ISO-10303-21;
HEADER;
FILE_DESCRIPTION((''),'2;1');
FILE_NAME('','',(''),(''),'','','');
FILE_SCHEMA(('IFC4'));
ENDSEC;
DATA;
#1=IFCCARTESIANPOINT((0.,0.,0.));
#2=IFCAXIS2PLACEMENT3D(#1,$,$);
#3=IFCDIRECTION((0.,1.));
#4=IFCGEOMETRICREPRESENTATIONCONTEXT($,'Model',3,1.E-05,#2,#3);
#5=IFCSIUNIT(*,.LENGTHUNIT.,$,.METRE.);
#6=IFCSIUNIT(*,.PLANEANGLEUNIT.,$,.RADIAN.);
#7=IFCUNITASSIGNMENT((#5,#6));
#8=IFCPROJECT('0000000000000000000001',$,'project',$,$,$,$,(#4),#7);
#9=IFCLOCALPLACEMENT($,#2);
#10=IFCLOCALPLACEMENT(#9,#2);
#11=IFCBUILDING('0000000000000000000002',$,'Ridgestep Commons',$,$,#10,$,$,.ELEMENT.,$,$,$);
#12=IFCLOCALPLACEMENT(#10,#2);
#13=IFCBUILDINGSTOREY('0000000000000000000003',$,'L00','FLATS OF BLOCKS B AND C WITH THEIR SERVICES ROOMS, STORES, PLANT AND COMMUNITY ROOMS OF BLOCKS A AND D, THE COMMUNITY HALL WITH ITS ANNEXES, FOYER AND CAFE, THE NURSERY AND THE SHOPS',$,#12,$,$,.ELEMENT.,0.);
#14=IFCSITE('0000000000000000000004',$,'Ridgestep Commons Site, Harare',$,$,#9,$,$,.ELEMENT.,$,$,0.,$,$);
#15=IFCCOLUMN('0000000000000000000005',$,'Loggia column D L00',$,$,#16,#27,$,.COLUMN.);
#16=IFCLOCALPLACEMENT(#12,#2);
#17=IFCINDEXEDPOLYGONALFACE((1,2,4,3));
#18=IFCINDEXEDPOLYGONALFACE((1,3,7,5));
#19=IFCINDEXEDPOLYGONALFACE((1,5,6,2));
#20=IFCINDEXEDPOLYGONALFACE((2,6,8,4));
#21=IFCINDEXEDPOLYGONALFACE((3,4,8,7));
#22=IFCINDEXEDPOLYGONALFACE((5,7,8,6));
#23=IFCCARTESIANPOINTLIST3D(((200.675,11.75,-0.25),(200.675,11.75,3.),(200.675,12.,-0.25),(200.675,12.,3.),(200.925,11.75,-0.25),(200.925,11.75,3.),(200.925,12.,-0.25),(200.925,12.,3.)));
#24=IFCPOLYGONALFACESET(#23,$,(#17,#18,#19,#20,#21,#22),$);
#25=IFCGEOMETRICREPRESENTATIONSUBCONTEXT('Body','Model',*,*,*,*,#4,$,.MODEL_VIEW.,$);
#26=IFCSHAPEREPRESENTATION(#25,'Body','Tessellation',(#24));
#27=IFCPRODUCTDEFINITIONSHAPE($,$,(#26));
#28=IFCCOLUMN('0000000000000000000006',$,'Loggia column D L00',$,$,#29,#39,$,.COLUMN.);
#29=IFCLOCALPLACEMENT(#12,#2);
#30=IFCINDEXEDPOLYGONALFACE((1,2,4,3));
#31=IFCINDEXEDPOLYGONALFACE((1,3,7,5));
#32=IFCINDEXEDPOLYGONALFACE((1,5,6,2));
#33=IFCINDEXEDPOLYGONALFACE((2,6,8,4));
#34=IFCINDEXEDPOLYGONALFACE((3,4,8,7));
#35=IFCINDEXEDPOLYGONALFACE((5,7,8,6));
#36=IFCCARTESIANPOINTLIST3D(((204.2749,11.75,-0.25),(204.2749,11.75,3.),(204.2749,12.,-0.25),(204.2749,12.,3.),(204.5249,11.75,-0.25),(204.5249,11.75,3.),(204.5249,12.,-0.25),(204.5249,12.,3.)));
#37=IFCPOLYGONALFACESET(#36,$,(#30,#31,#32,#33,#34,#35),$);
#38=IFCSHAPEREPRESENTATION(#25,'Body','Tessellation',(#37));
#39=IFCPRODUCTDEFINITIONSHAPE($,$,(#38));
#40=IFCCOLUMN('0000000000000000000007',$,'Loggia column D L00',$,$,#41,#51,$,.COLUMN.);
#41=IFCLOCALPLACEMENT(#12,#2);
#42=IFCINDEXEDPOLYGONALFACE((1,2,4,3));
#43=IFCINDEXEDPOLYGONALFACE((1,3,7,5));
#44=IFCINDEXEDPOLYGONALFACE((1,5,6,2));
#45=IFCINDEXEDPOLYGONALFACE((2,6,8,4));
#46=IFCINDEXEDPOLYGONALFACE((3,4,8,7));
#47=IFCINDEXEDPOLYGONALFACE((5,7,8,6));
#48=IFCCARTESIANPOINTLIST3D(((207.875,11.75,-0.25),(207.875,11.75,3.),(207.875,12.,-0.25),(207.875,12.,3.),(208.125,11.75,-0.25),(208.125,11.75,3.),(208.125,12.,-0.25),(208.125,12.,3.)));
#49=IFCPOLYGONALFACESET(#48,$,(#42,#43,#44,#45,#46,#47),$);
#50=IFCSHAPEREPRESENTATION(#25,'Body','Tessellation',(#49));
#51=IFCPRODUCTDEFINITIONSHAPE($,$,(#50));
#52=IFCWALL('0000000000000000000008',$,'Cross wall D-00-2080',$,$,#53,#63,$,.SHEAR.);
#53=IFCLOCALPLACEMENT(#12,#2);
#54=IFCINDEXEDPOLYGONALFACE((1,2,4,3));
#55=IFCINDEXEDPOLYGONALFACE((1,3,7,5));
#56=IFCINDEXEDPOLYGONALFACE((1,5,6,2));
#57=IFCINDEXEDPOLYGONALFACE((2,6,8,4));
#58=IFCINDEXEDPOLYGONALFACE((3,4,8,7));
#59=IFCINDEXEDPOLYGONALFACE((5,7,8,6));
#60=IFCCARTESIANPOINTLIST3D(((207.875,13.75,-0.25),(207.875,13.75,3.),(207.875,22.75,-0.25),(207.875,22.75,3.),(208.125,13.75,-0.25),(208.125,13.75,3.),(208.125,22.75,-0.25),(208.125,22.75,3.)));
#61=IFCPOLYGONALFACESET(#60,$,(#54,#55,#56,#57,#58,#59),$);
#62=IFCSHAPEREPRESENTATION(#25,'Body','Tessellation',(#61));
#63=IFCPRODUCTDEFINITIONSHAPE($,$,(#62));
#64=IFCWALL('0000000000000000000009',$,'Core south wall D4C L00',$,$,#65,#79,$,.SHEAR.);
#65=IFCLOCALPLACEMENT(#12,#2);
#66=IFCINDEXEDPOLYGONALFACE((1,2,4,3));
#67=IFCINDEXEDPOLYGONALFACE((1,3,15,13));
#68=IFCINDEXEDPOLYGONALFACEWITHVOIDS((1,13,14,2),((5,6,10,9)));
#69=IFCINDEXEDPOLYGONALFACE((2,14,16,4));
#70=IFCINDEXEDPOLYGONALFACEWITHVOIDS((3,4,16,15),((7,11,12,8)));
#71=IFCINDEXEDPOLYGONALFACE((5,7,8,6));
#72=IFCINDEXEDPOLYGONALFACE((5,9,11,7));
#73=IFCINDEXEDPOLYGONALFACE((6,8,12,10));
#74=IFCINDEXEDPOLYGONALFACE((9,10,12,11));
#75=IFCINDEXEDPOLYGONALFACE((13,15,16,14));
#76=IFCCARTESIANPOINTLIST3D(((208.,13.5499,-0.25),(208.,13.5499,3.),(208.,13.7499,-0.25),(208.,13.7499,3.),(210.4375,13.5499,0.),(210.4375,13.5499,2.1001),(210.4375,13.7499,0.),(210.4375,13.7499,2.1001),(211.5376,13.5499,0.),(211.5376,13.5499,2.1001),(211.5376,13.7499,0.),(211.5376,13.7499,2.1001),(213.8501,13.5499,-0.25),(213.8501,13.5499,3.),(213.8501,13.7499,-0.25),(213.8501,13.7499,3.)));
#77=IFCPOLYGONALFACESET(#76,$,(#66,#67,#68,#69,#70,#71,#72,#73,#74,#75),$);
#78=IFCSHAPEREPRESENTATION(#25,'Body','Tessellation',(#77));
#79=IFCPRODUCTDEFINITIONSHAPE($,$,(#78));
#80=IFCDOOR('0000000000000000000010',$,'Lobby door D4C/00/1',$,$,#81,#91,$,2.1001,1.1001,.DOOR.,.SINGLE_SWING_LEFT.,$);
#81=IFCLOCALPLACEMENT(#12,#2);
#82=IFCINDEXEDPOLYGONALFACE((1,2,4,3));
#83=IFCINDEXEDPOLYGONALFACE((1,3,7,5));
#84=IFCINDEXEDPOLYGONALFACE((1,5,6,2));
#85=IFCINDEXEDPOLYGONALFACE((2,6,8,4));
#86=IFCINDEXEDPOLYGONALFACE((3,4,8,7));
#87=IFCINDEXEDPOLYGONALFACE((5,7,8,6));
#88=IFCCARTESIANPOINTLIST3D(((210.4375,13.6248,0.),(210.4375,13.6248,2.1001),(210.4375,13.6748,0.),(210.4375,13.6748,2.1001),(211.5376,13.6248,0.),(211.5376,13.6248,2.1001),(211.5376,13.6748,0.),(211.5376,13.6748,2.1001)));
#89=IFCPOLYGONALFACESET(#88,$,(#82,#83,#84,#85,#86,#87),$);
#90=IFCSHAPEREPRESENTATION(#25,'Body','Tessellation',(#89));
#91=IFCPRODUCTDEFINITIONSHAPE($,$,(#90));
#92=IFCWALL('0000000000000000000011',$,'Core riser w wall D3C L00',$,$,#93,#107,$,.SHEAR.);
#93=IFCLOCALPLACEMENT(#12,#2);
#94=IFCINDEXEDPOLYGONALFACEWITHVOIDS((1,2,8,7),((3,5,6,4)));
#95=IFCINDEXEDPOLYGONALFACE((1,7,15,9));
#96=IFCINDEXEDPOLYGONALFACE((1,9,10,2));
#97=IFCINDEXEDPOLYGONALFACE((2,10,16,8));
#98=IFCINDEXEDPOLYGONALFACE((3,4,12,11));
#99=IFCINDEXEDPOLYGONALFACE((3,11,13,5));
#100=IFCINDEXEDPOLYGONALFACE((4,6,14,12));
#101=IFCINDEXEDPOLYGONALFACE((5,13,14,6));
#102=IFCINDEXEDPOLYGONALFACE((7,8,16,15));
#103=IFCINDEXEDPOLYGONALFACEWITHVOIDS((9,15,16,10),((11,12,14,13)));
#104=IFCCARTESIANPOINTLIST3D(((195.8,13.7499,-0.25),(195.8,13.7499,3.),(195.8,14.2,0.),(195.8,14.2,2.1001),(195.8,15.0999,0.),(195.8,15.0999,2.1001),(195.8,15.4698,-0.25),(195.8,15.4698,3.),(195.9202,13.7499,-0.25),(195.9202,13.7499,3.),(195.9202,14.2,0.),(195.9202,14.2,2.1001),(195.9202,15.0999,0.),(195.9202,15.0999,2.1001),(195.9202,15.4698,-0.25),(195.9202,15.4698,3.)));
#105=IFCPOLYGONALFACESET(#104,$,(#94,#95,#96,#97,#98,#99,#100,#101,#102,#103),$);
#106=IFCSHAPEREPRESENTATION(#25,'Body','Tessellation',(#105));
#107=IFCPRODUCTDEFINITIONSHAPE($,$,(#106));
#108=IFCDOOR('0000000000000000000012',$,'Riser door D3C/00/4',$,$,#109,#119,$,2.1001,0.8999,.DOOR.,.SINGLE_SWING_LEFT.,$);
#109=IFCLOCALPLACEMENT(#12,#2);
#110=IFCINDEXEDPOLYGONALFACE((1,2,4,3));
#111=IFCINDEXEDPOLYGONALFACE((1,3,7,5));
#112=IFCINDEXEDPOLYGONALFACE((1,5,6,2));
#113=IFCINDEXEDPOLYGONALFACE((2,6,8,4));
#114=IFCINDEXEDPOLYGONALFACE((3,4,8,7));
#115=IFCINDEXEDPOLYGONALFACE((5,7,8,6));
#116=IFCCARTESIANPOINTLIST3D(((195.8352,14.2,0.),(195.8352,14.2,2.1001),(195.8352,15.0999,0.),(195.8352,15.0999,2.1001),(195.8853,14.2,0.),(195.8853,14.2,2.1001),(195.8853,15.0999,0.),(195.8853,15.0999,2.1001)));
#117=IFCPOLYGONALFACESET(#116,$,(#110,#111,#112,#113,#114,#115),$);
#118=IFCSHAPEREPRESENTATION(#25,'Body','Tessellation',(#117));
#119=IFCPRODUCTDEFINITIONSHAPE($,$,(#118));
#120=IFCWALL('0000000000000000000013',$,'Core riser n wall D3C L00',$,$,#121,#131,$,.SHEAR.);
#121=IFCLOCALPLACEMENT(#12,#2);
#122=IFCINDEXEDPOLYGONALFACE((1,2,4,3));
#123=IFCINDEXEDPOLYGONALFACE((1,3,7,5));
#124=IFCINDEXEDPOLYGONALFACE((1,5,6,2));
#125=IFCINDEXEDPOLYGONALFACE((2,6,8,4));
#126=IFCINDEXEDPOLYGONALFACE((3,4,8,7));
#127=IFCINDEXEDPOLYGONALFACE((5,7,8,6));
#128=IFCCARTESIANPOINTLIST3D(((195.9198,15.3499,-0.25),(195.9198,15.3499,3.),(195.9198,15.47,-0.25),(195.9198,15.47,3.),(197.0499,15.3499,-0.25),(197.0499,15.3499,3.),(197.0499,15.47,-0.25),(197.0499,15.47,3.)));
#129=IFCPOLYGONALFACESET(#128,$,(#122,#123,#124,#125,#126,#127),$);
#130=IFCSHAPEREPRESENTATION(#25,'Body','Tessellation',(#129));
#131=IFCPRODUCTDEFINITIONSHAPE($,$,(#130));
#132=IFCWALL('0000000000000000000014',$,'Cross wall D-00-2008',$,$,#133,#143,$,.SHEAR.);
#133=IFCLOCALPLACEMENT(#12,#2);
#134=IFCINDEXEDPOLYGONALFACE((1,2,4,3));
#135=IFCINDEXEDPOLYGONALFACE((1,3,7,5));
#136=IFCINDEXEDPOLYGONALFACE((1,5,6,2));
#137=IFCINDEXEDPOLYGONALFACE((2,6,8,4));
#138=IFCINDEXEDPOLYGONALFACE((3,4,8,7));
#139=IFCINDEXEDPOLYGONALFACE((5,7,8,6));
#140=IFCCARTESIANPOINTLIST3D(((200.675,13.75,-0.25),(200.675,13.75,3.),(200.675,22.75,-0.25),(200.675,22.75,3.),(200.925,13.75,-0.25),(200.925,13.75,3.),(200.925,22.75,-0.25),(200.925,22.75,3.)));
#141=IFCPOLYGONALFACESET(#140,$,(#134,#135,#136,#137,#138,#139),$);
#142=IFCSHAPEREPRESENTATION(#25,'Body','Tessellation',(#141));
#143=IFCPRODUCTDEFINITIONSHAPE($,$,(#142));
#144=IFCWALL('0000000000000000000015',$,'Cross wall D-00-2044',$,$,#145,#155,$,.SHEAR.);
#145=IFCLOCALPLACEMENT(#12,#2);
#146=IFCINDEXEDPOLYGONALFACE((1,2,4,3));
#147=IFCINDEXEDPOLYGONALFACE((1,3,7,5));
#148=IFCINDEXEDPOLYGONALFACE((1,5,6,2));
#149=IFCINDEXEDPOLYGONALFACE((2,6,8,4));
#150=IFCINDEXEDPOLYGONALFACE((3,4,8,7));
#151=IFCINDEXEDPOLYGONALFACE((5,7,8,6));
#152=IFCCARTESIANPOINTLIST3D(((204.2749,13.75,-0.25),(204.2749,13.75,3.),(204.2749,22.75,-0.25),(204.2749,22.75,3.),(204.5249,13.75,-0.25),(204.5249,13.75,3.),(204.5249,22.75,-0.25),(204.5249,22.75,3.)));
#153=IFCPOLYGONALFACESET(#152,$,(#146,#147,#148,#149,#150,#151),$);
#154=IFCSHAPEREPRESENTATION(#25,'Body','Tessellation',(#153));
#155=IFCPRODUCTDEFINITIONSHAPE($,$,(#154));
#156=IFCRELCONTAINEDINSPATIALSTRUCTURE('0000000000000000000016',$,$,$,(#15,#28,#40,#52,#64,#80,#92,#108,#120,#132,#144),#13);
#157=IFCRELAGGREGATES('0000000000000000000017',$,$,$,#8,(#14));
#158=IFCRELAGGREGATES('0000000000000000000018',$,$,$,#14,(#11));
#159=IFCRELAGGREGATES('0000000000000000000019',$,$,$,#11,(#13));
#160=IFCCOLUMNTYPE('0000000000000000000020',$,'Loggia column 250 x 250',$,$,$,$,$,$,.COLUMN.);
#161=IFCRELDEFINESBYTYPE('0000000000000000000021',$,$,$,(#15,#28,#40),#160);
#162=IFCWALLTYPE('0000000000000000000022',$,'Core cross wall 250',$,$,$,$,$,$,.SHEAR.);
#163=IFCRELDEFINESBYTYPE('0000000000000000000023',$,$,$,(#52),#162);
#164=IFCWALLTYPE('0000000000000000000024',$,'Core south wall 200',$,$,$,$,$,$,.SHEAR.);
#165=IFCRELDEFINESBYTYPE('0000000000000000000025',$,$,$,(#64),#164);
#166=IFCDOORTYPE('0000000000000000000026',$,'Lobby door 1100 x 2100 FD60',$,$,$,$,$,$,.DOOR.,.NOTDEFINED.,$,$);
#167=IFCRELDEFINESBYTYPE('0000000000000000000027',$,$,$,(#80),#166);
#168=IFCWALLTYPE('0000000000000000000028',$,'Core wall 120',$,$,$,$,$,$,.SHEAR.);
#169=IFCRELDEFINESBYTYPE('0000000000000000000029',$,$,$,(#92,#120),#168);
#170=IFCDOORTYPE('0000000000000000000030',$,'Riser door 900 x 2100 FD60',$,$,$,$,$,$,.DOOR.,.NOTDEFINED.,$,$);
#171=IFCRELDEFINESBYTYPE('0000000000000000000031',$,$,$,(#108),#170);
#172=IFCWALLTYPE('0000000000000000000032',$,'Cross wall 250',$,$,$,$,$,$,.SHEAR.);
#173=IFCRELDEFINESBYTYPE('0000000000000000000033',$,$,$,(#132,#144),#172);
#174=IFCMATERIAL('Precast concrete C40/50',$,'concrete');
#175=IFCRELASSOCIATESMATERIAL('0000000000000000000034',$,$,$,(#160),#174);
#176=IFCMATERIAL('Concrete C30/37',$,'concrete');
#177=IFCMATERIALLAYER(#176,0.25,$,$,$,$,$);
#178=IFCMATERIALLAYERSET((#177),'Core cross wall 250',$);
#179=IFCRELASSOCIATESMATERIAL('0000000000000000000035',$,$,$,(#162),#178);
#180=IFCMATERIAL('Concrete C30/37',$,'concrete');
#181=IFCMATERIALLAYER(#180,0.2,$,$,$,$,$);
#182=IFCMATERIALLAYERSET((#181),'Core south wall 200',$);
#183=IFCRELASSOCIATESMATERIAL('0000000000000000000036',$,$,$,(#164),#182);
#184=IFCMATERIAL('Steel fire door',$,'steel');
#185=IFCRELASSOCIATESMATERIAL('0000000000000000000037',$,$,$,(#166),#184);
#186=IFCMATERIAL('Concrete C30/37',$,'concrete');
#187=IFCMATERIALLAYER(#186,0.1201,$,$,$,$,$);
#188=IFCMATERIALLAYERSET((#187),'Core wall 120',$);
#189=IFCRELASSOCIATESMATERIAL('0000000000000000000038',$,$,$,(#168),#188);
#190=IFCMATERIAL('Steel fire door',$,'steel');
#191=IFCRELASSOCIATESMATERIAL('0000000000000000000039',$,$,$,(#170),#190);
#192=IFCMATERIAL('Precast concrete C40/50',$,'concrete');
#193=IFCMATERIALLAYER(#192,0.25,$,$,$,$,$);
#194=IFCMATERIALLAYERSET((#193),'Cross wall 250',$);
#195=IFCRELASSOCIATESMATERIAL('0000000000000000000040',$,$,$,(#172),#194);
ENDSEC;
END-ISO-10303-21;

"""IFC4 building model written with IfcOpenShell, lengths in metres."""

from ifc_helpers import new_model, si_unit, direction, frame, frame_2d, origin, origin_2d, place, context, subcontext, project, spatial, rectangle, extrude, material, layer, layer_set, material_profile, profile_set, type_object, element, fill, save


model = new_model("IFC4")

# Units and contexts
model_context = context("Model", 3, precision=1e-05, world=origin(), true_north=direction((0.0, 1.0)))
body_context = subcontext(model_context, "Body", "Model", "MODEL_VIEW")
ifc_project = project(units=[si_unit("LENGTHUNIT", "METRE"), si_unit("PLANEANGLEUNIT", "RADIAN")], contexts=[model_context])

# Site, building, storey
site_placement = place(None, origin())
site = spatial("IfcSite", under=ifc_project, at=site_placement, Name="Ridgestep Commons Site, Harare", CompositionType="ELEMENT", RefElevation=0.0)
building_placement = place(site_placement, origin())
building = spatial("IfcBuilding", under=site, at=building_placement, Name="Ridgestep Commons", CompositionType="ELEMENT")
storey_placement = place(building_placement, origin())
storey = spatial("IfcBuildingStorey", under=building, at=storey_placement, Name="L00", Description="FLATS OF BLOCKS B AND C WITH THEIR SERVICES ROOMS, STORES, PLANT AND COMMUNITY ROOMS OF BLOCKS A AND D, THE COMMUNITY HALL WITH ITS ANNEXES, FOYER AND CAFE, THE NURSERY AND THE SHOPS", CompositionType="ELEMENT", Elevation=0.0)

# Columns
ifc_material_1 = material(Name="Precast concrete C40/50", Category="concrete")
ifc_material_profile = material_profile(ifc_material_1, rectangle(XDim=0.25, YDim=0.25, at=origin_2d()), Name="PC 250x250")
ifc_profile_set = profile_set([ifc_material_profile], Name="Precast concrete C40/50")
column_type = type_object("IfcColumnType", Name="Loggia column 250 x 250", PredefinedType="COLUMN", material=ifc_profile_set)
for number, where, z_axis, x_axis, name in (
    (1, (200.8, 11.875, -0.25), (0.0, 0.0, 1.0), (1.0, 0.0, 0.0), "Loggia column D L00"),
    (2, (204.3999, 11.875, -0.25), (0.0, 0.0, 1.0), (1.0, 0.0, 0.0), "Loggia column D L00"),
    (3, (208.0, 11.875, -0.25), (0.0, 0.0, 1.0), (1.0, 0.0, 0.0), "Loggia column D L00"),
):
    element("IfcColumn", number, at=place(storey_placement, frame(where, z_axis=z_axis, x_axis=x_axis)), inside=storey, type_object=column_type, Name=name, PredefinedType="COLUMN", context=body_context, shape_type="SweptSolid", body=[
        extrude(rectangle(XDim=0.25, YDim=0.25, at=origin_2d()), origin(), (0.0, 0.0, 1.0), 3.25),
    ])

# Wall
ifc_material_2 = material(Name="Concrete C30/37", Category="concrete")
ifc_layer_1 = layer(ifc_material_2, 0.25)
ifc_layer_set_1 = layer_set([ifc_layer_1], Name="Core cross wall 250")
wall_type_1 = type_object("IfcWallType", Name="Core cross wall 250", PredefinedType="SHEAR", material=ifc_layer_set_1)
wall_1_placement = place(storey_placement, frame((208.0, 13.75, -0.25), z_axis=(0.0, 0.0, 1.0), x_axis=(0.0, 1.0, 0.0)))
element("IfcWall", 4, at=wall_1_placement, inside=storey, type_object=wall_type_1, Name="Cross wall D-00-2080", PredefinedType="SHEAR", context=body_context, shape_type="SweptSolid", body=[
    extrude(rectangle(XDim=9.0, YDim=0.25, at=frame_2d((4.5, 0.0))), origin(), (0.0, 0.0, 1.0), 3.25),
])

# Walls, openings, doors
ifc_material_3 = material(Name="Concrete C30/37", Category="concrete")
ifc_layer_2 = layer(ifc_material_3, 0.2)
ifc_layer_set_2 = layer_set([ifc_layer_2], Name="Core south wall 200")
wall_type_2 = type_object("IfcWallType", Name="Core south wall 200", PredefinedType="SHEAR", material=ifc_layer_set_2)
wall_2_placement = place(storey_placement, frame((208.0, 13.6499, -0.25), z_axis=(0.0, 0.0, 1.0), x_axis=(1.0, 0.0, 0.0)))
wall_2 = element("IfcWall", 5, at=wall_2_placement, inside=storey, type_object=wall_type_2, Name="Core south wall D4C L00", PredefinedType="SHEAR", context=body_context, shape_type="SweptSolid", body=[
    extrude(rectangle(XDim=5.8501, YDim=0.2, at=frame_2d((2.925, 0.0))), origin(), (0.0, 0.0, 1.0), 3.25),
])
opening_1_placement = place(wall_2_placement, frame((2.4375, 0.0, 0.25)))
opening_1 = element("IfcOpeningElement", 6, at=opening_1_placement, cuts=wall_2, PredefinedType="OPENING", context=body_context, shape_type="SweptSolid", body=[
    extrude(rectangle(XDim=1.1001, YDim=2.1001, at=frame_2d((0.55, 1.05))), frame((0.0, 0.1099, 0.0), z_axis=(0.0, -1.0, 0.0), x_axis=(1.0, 0.0, 0.0)), (0.0, 0.0, 1.0), 0.22),
])
ifc_material_4 = material(Name="Steel fire door", Category="steel")
door_type_1 = type_object("IfcDoorType", Name="Lobby door 1100 x 2100 FD60", OperationType="NOTDEFINED", PredefinedType="DOOR", material=ifc_material_4)
door_1_placement = place(opening_1_placement, origin())
door_1 = element("IfcDoor", 7, at=door_1_placement, inside=storey, type_object=door_type_1, Name="Lobby door D4C/00/1", OperationType="SINGLE_SWING_LEFT", OverallHeight=2.1001, OverallWidth=1.1001, PredefinedType="DOOR", context=body_context, shape_type="SweptSolid", body=[
    extrude(rectangle(XDim=1.1001, YDim=2.1001, at=frame_2d((0.55, 1.05))), frame((0.0, 0.0249, 0.0), z_axis=(0.0, -1.0, 0.0), x_axis=(1.0, 0.0, 0.0)), (0.0, 0.0, 1.0), 0.05),
])
fill(opening_1, door_1)
ifc_material_5 = material(Name="Concrete C30/37", Category="concrete")
ifc_layer_3 = layer(ifc_material_5, 0.1201)
ifc_layer_set_3 = layer_set([ifc_layer_3], Name="Core wall 120")
wall_type_3 = type_object("IfcWallType", Name="Core wall 120", PredefinedType="SHEAR", material=ifc_layer_set_3)
wall_3_placement = place(storey_placement, frame((195.8601, 13.75, -0.25), z_axis=(0.0, 0.0, 1.0), x_axis=(0.0, 1.0, 0.0)))
wall_3 = element("IfcWall", 8, at=wall_3_placement, inside=storey, type_object=wall_type_3, Name="Core riser w wall D3C L00", PredefinedType="SHEAR", context=body_context, shape_type="SweptSolid", body=[
    extrude(rectangle(XDim=1.72, YDim=0.1201, at=frame_2d((0.8599, 0.0))), origin(), (0.0, 0.0, 1.0), 3.25),
])
opening_2_placement = place(wall_3_placement, frame((0.45, 0.0, 0.25)))
opening_2 = element("IfcOpeningElement", 9, at=opening_2_placement, cuts=wall_3, PredefinedType="OPENING", context=body_context, shape_type="SweptSolid", body=[
    extrude(rectangle(XDim=0.8999, YDim=2.1001, at=frame_2d((0.45, 1.05))), frame((0.0, 0.0701, 0.0), z_axis=(0.0, -1.0, 0.0), x_axis=(1.0, 0.0, 0.0)), (0.0, 0.0, 1.0), 0.1401),
])
ifc_material_6 = material(Name="Steel fire door", Category="steel")
door_type_2 = type_object("IfcDoorType", Name="Riser door 900 x 2100 FD60", OperationType="NOTDEFINED", PredefinedType="DOOR", material=ifc_material_6)
door_2_placement = place(opening_2_placement, origin())
door_2 = element("IfcDoor", 10, at=door_2_placement, inside=storey, type_object=door_type_2, Name="Riser door D3C/00/4", OperationType="SINGLE_SWING_LEFT", OverallHeight=2.1001, OverallWidth=0.8999, PredefinedType="DOOR", context=body_context, shape_type="SweptSolid", body=[
    extrude(rectangle(XDim=0.8999, YDim=2.1001, at=frame_2d((0.45, 1.05))), frame((0.0, 0.0249, 0.0), z_axis=(0.0, -1.0, 0.0), x_axis=(1.0, 0.0, 0.0)), (0.0, 0.0, 1.0), 0.05),
])
fill(opening_2, door_2)

# Walls
wall_4_placement = place(storey_placement, frame((195.9199, 15.4099, -0.25), z_axis=(0.0, 0.0, 1.0), x_axis=(1.0, 0.0, 0.0)))
element("IfcWall", 11, at=wall_4_placement, inside=storey, type_object=wall_type_3, Name="Core riser n wall D3C L00", PredefinedType="SHEAR", context=body_context, shape_type="SweptSolid", body=[
    extrude(rectangle(XDim=1.1301, YDim=0.1201, at=frame_2d((0.5649, 0.0))), origin(), (0.0, 0.0, 1.0), 3.25),
])
ifc_material_7 = material(Name="Precast concrete C40/50", Category="concrete")
ifc_layer_4 = layer(ifc_material_7, 0.25)
ifc_layer_set_4 = layer_set([ifc_layer_4], Name="Cross wall 250")
wall_type_4 = type_object("IfcWallType", Name="Cross wall 250", PredefinedType="SHEAR", material=ifc_layer_set_4)
for number, where, z_axis, x_axis, name in (
    (12, (200.8, 13.75, -0.25), (0.0, 0.0, 1.0), (0.0, 1.0, 0.0), "Cross wall D-00-2008"),
    (13, (204.3999, 13.75, -0.25), (0.0, 0.0, 1.0), (0.0, 1.0, 0.0), "Cross wall D-00-2044"),
):
    element("IfcWall", number, at=place(storey_placement, frame(where, z_axis=z_axis, x_axis=x_axis)), inside=storey, type_object=wall_type_4, Name=name, PredefinedType="SHEAR", context=body_context, shape_type="SweptSolid", body=[
        extrude(rectangle(XDim=9.0, YDim=0.25, at=frame_2d((4.5, 0.0))), origin(), (0.0, 0.0, 1.0), 3.25),
    ])

save(model, "model.ifc")
